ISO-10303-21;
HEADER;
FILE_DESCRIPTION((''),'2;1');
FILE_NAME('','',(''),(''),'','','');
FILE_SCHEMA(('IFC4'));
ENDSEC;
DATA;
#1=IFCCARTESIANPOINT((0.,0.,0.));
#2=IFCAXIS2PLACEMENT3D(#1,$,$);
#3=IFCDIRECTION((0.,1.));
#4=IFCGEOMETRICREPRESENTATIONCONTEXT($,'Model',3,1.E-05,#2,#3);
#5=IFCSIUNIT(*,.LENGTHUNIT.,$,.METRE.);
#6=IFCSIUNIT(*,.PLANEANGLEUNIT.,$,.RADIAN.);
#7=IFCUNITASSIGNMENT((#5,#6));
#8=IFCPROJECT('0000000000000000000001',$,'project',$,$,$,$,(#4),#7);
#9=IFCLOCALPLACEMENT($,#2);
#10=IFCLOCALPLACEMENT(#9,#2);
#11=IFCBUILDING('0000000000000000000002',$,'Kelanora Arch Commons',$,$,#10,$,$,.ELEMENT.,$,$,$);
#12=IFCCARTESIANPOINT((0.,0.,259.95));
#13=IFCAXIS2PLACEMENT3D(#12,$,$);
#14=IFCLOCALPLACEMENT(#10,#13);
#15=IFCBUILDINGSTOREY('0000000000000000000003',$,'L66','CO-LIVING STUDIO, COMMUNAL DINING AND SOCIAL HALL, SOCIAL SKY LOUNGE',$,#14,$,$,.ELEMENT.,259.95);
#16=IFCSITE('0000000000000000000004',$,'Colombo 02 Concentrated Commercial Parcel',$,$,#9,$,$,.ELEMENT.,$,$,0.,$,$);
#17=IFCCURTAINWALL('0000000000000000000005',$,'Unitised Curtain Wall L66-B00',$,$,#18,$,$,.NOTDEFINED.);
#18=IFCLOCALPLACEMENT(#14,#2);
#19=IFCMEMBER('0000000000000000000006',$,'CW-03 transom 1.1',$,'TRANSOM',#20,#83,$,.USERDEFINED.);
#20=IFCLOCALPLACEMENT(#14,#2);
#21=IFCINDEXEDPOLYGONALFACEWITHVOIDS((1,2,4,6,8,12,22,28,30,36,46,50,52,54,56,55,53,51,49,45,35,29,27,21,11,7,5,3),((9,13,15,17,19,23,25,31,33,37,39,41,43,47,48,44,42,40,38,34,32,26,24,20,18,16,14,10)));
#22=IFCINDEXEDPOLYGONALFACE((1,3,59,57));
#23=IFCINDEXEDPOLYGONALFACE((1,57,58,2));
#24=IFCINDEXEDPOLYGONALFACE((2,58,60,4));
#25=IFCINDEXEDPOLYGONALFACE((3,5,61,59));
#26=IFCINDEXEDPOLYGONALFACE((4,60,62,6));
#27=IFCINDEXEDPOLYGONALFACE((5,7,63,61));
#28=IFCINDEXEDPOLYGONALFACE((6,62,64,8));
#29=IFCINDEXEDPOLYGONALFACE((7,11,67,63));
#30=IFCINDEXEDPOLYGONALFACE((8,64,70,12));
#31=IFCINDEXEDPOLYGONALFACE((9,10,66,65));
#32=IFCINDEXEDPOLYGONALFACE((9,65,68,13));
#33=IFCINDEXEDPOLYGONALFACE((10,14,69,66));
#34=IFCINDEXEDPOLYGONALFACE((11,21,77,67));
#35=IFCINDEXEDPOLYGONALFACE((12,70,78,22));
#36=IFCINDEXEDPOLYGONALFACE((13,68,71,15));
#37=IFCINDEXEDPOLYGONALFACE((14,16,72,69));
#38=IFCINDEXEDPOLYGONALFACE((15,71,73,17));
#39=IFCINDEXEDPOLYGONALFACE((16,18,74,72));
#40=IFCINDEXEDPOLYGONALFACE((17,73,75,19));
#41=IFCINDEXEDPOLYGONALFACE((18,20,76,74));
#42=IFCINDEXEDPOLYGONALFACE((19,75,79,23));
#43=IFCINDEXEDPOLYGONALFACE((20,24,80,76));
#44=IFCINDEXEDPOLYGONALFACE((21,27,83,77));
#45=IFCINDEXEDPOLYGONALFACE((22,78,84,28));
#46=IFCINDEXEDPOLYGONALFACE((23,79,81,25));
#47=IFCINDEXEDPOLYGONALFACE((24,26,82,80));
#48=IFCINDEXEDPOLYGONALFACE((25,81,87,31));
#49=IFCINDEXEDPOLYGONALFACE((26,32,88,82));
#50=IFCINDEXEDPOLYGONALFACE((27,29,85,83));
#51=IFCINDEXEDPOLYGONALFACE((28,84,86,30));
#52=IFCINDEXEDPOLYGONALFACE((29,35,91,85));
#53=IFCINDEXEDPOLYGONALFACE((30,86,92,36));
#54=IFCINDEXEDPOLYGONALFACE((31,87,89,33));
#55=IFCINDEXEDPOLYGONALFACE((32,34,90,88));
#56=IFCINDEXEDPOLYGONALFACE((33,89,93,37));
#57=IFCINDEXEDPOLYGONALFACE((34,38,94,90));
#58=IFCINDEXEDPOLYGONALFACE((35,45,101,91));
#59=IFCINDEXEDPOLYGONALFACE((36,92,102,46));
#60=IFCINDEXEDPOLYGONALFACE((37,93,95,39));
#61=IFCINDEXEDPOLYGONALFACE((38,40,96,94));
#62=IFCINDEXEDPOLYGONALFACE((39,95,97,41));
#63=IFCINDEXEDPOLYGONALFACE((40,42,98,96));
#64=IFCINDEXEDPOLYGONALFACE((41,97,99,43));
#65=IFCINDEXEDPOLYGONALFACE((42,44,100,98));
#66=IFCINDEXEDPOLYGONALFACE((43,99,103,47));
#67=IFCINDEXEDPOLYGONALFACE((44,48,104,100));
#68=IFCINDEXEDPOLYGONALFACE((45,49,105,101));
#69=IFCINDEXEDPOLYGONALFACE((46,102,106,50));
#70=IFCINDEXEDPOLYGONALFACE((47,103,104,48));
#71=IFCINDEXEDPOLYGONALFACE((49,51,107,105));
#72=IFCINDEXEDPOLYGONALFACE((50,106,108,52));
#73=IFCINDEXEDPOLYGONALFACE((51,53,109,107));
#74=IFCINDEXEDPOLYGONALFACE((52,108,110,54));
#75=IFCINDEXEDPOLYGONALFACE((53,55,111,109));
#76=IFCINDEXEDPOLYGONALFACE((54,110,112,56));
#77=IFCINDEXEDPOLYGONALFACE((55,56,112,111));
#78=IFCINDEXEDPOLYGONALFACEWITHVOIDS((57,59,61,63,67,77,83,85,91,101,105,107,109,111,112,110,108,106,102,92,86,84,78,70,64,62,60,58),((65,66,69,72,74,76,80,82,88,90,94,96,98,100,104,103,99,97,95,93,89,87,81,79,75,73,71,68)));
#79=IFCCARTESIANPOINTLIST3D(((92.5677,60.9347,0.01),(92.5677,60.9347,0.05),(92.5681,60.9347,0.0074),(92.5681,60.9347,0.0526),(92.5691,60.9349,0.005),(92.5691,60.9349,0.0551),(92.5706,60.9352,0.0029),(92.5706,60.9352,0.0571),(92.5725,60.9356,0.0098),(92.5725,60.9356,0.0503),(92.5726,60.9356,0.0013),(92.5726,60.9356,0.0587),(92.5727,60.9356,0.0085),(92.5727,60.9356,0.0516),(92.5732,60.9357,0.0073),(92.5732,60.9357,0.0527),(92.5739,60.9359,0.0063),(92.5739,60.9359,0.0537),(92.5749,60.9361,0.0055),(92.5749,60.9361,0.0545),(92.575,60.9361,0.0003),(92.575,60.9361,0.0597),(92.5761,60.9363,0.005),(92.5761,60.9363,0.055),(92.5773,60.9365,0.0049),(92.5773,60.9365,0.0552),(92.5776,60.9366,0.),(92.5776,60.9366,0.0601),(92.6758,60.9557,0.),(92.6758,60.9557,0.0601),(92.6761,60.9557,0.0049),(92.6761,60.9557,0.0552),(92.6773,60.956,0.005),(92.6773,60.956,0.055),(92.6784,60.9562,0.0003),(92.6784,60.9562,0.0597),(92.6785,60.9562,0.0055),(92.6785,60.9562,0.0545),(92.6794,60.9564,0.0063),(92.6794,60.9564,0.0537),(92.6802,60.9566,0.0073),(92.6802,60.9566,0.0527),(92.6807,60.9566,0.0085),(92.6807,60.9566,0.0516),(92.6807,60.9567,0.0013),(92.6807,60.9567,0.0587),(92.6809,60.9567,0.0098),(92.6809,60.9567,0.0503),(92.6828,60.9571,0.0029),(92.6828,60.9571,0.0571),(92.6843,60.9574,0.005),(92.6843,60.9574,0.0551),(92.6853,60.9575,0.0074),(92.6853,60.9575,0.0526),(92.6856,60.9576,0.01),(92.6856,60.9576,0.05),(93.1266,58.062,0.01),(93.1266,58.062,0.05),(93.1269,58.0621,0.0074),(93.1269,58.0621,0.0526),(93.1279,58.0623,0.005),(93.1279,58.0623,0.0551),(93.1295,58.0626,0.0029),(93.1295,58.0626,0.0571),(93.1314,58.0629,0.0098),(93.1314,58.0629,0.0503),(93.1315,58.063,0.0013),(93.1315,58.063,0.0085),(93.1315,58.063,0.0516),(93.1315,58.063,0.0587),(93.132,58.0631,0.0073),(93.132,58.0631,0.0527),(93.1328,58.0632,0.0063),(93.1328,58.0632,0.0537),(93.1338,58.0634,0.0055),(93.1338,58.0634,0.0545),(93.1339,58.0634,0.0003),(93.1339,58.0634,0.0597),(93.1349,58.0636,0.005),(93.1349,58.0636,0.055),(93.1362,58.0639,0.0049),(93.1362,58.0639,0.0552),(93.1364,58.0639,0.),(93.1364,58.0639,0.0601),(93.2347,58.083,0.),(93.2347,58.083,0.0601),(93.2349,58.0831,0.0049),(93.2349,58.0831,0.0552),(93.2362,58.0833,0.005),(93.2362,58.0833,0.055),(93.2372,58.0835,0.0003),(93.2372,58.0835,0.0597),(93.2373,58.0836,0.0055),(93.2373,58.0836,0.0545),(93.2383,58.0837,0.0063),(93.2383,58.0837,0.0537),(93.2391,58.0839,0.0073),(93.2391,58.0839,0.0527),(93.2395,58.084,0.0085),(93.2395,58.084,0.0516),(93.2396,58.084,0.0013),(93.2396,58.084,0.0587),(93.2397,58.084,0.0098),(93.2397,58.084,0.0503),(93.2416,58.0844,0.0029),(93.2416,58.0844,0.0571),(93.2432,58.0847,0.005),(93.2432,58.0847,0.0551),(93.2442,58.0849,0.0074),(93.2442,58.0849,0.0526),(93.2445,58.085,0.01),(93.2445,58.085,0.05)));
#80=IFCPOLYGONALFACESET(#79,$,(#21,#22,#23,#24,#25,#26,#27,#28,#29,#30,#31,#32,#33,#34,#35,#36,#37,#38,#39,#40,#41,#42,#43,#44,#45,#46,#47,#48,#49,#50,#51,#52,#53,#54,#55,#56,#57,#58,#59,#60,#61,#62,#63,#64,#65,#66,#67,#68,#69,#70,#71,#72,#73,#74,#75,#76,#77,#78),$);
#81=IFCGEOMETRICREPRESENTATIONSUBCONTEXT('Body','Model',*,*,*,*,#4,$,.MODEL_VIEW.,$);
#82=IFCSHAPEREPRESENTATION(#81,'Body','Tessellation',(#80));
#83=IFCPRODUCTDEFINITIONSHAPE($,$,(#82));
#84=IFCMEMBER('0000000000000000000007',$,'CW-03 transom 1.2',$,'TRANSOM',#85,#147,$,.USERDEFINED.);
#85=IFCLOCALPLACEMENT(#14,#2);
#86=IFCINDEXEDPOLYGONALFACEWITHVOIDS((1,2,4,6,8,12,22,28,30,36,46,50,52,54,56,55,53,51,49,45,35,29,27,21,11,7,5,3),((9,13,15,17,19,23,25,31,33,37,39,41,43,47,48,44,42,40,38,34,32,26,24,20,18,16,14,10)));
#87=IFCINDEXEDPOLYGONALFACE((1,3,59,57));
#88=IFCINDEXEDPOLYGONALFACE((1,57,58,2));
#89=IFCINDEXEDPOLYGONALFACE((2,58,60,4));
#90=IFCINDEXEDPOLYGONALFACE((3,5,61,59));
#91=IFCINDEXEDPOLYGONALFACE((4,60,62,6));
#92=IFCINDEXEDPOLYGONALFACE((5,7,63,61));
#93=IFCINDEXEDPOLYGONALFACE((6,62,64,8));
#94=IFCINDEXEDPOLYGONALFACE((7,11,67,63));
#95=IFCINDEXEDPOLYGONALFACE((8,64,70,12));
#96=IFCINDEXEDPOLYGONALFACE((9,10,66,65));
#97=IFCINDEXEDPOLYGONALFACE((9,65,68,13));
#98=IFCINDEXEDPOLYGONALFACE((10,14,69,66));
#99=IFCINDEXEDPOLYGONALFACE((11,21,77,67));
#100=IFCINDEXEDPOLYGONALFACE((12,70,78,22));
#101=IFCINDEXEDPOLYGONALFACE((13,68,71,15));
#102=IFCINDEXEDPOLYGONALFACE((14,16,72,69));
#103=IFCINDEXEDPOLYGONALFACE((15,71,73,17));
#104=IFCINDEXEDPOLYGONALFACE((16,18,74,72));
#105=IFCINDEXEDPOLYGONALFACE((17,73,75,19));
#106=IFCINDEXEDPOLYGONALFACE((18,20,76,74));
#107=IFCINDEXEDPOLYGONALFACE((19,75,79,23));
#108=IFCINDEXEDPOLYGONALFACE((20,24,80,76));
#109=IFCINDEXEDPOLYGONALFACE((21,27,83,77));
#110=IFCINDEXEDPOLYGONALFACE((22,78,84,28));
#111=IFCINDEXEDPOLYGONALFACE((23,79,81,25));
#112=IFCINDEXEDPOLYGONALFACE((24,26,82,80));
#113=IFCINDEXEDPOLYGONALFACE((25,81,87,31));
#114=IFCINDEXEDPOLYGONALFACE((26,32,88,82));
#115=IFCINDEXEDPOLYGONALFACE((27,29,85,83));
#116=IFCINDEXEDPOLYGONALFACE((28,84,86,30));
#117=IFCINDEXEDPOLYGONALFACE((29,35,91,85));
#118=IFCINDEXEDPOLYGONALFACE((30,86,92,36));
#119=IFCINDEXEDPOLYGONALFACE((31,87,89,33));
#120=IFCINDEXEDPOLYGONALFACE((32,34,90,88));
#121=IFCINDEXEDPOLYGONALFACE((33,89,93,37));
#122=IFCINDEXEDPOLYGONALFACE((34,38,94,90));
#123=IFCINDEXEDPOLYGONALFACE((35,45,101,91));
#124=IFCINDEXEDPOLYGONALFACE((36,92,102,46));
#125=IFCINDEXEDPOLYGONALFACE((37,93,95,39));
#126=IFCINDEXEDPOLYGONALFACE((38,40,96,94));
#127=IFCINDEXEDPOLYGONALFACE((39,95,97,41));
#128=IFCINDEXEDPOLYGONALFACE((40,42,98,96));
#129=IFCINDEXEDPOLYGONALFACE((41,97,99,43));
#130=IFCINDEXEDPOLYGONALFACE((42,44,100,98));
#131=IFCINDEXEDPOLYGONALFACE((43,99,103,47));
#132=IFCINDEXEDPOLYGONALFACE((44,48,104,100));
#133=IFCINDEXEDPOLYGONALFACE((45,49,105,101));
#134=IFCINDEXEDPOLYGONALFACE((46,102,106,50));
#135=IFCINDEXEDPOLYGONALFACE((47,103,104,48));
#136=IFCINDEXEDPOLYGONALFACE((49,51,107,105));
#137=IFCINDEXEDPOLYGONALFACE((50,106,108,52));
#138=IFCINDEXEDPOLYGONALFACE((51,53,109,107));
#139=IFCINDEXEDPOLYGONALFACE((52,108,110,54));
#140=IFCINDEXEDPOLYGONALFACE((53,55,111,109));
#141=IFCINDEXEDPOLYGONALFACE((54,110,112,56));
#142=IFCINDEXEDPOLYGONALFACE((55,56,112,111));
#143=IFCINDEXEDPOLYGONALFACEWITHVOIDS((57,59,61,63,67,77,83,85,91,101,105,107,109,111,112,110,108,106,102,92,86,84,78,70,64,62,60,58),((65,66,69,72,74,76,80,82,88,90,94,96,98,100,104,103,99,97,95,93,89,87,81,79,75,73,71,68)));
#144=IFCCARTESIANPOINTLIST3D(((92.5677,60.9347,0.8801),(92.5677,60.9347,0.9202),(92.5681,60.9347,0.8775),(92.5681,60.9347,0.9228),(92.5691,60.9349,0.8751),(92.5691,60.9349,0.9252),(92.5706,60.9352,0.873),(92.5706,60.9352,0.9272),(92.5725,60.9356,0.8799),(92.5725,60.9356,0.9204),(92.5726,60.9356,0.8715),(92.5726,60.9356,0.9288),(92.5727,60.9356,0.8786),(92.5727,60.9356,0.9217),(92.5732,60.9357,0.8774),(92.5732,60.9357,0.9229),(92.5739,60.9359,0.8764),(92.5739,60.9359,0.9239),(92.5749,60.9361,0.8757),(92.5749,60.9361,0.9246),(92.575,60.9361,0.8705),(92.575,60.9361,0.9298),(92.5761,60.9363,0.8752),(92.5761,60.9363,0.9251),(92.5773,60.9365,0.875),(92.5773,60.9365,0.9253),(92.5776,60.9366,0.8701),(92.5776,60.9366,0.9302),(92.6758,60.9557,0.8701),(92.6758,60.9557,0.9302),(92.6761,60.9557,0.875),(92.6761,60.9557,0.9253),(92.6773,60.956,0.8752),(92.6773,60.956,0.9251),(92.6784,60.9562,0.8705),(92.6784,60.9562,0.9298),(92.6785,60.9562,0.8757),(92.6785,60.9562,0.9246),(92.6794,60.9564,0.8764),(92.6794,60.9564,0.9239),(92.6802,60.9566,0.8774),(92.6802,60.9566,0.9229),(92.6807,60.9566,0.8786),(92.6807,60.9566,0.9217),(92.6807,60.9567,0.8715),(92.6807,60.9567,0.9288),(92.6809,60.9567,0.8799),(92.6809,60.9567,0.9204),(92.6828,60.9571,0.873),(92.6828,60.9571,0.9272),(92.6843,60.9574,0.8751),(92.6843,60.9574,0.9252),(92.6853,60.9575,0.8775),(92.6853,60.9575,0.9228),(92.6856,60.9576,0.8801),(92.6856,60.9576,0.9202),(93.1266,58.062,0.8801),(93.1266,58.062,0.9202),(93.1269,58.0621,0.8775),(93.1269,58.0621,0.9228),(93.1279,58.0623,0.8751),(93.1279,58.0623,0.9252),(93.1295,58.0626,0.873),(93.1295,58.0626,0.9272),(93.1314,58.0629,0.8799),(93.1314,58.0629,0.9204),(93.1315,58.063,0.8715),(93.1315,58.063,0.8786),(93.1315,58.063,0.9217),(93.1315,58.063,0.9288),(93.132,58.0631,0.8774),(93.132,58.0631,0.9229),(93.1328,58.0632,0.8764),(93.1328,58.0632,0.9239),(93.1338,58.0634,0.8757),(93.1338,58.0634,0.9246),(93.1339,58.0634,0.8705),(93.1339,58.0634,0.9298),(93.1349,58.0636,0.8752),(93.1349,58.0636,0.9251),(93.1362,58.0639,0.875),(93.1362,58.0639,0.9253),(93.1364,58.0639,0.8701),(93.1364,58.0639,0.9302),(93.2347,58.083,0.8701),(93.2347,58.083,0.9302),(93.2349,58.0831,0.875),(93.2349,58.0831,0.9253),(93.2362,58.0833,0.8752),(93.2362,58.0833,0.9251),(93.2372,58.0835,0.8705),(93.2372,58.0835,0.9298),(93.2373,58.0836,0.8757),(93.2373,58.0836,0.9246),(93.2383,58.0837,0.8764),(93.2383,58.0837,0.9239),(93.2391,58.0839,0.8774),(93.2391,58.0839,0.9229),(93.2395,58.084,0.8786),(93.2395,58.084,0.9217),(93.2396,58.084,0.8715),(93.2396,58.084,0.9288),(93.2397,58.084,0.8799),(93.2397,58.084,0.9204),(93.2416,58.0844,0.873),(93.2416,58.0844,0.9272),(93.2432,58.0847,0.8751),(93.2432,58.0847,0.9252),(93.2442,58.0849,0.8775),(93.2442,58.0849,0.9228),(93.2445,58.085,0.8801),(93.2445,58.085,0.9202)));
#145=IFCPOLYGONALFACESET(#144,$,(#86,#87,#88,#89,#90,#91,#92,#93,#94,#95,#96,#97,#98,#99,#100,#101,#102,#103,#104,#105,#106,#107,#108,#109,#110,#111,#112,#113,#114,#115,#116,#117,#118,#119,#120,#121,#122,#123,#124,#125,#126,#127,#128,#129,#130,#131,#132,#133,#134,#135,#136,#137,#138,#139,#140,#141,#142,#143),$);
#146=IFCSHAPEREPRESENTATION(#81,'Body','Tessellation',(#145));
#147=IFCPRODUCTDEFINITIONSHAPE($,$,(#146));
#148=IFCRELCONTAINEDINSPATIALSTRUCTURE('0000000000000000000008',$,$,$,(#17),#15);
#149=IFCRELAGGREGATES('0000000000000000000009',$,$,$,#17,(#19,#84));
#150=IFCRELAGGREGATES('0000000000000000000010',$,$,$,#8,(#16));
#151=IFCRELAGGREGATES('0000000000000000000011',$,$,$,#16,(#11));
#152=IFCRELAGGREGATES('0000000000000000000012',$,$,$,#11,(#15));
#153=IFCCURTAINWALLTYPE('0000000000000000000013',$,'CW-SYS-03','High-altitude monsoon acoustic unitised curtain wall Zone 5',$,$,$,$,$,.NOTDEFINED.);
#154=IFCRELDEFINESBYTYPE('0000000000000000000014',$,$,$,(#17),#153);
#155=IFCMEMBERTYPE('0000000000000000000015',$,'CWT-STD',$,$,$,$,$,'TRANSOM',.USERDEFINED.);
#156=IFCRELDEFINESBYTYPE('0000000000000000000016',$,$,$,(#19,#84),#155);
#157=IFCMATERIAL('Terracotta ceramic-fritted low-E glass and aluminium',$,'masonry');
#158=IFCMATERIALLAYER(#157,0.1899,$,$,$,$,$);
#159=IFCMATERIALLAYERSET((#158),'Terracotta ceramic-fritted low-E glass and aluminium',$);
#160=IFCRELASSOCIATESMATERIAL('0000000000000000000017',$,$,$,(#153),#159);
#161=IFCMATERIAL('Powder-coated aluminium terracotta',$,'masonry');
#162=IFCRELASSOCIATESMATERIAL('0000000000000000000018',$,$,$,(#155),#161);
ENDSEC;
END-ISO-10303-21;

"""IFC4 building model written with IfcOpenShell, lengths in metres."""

from ifc_helpers import new_model, si_unit, direction, frame, origin, origin_2d, place, context, subcontext, project, spatial, hollow_rectangle, extrude, material, layer, layer_set, material_profile, profile_set, type_object, element, aggregate, save


model = new_model("IFC4")

# Units and contexts
model_context = context("Model", 3, precision=1e-05, world=origin(), true_north=direction((0.0, 1.0)))
body_context = subcontext(model_context, "Body", "Model", "MODEL_VIEW")
ifc_project = project(units=[si_unit("LENGTHUNIT", "METRE"), si_unit("PLANEANGLEUNIT", "RADIAN")], contexts=[model_context])

# Site, building, storey
site_placement = place(None, origin())
site = spatial("IfcSite", under=ifc_project, at=site_placement, Name="Colombo 02 Concentrated Commercial Parcel", CompositionType="ELEMENT", RefElevation=0.0)
building_placement = place(site_placement, origin())
building = spatial("IfcBuilding", under=site, at=building_placement, Name="Kelanora Arch Commons", CompositionType="ELEMENT")
storey_placement = place(building_placement, frame((0.0, 0.0, 259.95)))
storey = spatial("IfcBuildingStorey", under=building, at=storey_placement, Name="L66", Description="CO-LIVING STUDIO, COMMUNAL DINING AND SOCIAL HALL, SOCIAL SKY LOUNGE", CompositionType="ELEMENT", Elevation=259.95)

# Curtain wall, members
ifc_material_1 = material(Name="Terracotta ceramic-fritted low-E glass and aluminium", Category="masonry")
ifc_layer_1 = layer(ifc_material_1, 0.1899)
ifc_layer_set_1 = layer_set([ifc_layer_1], Name="Terracotta ceramic-fritted low-E glass and aluminium")
curtain_wall_type = type_object("IfcCurtainWallType", Name="CW-SYS-03", Description="High-altitude monsoon acoustic unitised curtain wall Zone 5", PredefinedType="NOTDEFINED", material=ifc_layer_set_1)
curtain_wall_placement = place(storey_placement, origin())
curtain_wall = element("IfcCurtainWall", 1, at=curtain_wall_placement, inside=storey, type_object=curtain_wall_type, Name="Unitised Curtain Wall L66-B00", PredefinedType="NOTDEFINED")
ifc_material_2 = material(Name="Powder-coated aluminium terracotta", Category="masonry")
ifc_material_profile_1 = material_profile(ifc_material_2, hollow_rectangle(XDim=0.1201, YDim=0.0601, WallThickness=0.0049, InnerFilletRadius=0.0049, OuterFilletRadius=0.01, at=origin_2d()), Name="CWT120x60")
ifc_profile_set_1 = profile_set([ifc_material_profile_1], Name="Powder-coated aluminium terracotta")
member_type_1 = type_object("IfcMemberType", Name="CWT-STD", ElementType="TRANSOM", PredefinedType="USERDEFINED", material=ifc_profile_set_1)
member_1_placement = place(storey_placement, frame((93.1855, 58.0735, 0.03), z_axis=(-0.190963, 0.981597, 0.0), x_axis=(-0.981597, -0.190963, 0.0)))
member_1 = element("IfcMember", 2, at=member_1_placement, type_object=member_type_1, Name="CW-03 transom 1.1", ObjectType="TRANSOM", PredefinedType="USERDEFINED", context=body_context, shape_type="SweptSolid", body=[
    extrude(hollow_rectangle(XDim=0.1201, YDim=0.0601, WallThickness=0.0049, InnerFilletRadius=0.0049, OuterFilletRadius=0.01, at=origin_2d()), origin(), (0.0, 0.0, 1.0), 2.9265),
])
member_2_placement = place(storey_placement, frame((93.1855, 58.0735, 0.9001), z_axis=(-0.190963, 0.981597, 0.0), x_axis=(-0.981597, -0.190963, 0.0)))
member_2 = element("IfcMember", 3, at=member_2_placement, type_object=member_type_1, Name="CW-03 transom 1.2", ObjectType="TRANSOM", PredefinedType="USERDEFINED", context=body_context, shape_type="SweptSolid", body=[
    extrude(hollow_rectangle(XDim=0.1201, YDim=0.0601, WallThickness=0.0049, InnerFilletRadius=0.0049, OuterFilletRadius=0.01, at=origin_2d()), origin(), (0.0, 0.0, 1.0), 2.9265),
])
aggregate(curtain_wall, [member_1, member_2])

save(model, "model.ifc")
